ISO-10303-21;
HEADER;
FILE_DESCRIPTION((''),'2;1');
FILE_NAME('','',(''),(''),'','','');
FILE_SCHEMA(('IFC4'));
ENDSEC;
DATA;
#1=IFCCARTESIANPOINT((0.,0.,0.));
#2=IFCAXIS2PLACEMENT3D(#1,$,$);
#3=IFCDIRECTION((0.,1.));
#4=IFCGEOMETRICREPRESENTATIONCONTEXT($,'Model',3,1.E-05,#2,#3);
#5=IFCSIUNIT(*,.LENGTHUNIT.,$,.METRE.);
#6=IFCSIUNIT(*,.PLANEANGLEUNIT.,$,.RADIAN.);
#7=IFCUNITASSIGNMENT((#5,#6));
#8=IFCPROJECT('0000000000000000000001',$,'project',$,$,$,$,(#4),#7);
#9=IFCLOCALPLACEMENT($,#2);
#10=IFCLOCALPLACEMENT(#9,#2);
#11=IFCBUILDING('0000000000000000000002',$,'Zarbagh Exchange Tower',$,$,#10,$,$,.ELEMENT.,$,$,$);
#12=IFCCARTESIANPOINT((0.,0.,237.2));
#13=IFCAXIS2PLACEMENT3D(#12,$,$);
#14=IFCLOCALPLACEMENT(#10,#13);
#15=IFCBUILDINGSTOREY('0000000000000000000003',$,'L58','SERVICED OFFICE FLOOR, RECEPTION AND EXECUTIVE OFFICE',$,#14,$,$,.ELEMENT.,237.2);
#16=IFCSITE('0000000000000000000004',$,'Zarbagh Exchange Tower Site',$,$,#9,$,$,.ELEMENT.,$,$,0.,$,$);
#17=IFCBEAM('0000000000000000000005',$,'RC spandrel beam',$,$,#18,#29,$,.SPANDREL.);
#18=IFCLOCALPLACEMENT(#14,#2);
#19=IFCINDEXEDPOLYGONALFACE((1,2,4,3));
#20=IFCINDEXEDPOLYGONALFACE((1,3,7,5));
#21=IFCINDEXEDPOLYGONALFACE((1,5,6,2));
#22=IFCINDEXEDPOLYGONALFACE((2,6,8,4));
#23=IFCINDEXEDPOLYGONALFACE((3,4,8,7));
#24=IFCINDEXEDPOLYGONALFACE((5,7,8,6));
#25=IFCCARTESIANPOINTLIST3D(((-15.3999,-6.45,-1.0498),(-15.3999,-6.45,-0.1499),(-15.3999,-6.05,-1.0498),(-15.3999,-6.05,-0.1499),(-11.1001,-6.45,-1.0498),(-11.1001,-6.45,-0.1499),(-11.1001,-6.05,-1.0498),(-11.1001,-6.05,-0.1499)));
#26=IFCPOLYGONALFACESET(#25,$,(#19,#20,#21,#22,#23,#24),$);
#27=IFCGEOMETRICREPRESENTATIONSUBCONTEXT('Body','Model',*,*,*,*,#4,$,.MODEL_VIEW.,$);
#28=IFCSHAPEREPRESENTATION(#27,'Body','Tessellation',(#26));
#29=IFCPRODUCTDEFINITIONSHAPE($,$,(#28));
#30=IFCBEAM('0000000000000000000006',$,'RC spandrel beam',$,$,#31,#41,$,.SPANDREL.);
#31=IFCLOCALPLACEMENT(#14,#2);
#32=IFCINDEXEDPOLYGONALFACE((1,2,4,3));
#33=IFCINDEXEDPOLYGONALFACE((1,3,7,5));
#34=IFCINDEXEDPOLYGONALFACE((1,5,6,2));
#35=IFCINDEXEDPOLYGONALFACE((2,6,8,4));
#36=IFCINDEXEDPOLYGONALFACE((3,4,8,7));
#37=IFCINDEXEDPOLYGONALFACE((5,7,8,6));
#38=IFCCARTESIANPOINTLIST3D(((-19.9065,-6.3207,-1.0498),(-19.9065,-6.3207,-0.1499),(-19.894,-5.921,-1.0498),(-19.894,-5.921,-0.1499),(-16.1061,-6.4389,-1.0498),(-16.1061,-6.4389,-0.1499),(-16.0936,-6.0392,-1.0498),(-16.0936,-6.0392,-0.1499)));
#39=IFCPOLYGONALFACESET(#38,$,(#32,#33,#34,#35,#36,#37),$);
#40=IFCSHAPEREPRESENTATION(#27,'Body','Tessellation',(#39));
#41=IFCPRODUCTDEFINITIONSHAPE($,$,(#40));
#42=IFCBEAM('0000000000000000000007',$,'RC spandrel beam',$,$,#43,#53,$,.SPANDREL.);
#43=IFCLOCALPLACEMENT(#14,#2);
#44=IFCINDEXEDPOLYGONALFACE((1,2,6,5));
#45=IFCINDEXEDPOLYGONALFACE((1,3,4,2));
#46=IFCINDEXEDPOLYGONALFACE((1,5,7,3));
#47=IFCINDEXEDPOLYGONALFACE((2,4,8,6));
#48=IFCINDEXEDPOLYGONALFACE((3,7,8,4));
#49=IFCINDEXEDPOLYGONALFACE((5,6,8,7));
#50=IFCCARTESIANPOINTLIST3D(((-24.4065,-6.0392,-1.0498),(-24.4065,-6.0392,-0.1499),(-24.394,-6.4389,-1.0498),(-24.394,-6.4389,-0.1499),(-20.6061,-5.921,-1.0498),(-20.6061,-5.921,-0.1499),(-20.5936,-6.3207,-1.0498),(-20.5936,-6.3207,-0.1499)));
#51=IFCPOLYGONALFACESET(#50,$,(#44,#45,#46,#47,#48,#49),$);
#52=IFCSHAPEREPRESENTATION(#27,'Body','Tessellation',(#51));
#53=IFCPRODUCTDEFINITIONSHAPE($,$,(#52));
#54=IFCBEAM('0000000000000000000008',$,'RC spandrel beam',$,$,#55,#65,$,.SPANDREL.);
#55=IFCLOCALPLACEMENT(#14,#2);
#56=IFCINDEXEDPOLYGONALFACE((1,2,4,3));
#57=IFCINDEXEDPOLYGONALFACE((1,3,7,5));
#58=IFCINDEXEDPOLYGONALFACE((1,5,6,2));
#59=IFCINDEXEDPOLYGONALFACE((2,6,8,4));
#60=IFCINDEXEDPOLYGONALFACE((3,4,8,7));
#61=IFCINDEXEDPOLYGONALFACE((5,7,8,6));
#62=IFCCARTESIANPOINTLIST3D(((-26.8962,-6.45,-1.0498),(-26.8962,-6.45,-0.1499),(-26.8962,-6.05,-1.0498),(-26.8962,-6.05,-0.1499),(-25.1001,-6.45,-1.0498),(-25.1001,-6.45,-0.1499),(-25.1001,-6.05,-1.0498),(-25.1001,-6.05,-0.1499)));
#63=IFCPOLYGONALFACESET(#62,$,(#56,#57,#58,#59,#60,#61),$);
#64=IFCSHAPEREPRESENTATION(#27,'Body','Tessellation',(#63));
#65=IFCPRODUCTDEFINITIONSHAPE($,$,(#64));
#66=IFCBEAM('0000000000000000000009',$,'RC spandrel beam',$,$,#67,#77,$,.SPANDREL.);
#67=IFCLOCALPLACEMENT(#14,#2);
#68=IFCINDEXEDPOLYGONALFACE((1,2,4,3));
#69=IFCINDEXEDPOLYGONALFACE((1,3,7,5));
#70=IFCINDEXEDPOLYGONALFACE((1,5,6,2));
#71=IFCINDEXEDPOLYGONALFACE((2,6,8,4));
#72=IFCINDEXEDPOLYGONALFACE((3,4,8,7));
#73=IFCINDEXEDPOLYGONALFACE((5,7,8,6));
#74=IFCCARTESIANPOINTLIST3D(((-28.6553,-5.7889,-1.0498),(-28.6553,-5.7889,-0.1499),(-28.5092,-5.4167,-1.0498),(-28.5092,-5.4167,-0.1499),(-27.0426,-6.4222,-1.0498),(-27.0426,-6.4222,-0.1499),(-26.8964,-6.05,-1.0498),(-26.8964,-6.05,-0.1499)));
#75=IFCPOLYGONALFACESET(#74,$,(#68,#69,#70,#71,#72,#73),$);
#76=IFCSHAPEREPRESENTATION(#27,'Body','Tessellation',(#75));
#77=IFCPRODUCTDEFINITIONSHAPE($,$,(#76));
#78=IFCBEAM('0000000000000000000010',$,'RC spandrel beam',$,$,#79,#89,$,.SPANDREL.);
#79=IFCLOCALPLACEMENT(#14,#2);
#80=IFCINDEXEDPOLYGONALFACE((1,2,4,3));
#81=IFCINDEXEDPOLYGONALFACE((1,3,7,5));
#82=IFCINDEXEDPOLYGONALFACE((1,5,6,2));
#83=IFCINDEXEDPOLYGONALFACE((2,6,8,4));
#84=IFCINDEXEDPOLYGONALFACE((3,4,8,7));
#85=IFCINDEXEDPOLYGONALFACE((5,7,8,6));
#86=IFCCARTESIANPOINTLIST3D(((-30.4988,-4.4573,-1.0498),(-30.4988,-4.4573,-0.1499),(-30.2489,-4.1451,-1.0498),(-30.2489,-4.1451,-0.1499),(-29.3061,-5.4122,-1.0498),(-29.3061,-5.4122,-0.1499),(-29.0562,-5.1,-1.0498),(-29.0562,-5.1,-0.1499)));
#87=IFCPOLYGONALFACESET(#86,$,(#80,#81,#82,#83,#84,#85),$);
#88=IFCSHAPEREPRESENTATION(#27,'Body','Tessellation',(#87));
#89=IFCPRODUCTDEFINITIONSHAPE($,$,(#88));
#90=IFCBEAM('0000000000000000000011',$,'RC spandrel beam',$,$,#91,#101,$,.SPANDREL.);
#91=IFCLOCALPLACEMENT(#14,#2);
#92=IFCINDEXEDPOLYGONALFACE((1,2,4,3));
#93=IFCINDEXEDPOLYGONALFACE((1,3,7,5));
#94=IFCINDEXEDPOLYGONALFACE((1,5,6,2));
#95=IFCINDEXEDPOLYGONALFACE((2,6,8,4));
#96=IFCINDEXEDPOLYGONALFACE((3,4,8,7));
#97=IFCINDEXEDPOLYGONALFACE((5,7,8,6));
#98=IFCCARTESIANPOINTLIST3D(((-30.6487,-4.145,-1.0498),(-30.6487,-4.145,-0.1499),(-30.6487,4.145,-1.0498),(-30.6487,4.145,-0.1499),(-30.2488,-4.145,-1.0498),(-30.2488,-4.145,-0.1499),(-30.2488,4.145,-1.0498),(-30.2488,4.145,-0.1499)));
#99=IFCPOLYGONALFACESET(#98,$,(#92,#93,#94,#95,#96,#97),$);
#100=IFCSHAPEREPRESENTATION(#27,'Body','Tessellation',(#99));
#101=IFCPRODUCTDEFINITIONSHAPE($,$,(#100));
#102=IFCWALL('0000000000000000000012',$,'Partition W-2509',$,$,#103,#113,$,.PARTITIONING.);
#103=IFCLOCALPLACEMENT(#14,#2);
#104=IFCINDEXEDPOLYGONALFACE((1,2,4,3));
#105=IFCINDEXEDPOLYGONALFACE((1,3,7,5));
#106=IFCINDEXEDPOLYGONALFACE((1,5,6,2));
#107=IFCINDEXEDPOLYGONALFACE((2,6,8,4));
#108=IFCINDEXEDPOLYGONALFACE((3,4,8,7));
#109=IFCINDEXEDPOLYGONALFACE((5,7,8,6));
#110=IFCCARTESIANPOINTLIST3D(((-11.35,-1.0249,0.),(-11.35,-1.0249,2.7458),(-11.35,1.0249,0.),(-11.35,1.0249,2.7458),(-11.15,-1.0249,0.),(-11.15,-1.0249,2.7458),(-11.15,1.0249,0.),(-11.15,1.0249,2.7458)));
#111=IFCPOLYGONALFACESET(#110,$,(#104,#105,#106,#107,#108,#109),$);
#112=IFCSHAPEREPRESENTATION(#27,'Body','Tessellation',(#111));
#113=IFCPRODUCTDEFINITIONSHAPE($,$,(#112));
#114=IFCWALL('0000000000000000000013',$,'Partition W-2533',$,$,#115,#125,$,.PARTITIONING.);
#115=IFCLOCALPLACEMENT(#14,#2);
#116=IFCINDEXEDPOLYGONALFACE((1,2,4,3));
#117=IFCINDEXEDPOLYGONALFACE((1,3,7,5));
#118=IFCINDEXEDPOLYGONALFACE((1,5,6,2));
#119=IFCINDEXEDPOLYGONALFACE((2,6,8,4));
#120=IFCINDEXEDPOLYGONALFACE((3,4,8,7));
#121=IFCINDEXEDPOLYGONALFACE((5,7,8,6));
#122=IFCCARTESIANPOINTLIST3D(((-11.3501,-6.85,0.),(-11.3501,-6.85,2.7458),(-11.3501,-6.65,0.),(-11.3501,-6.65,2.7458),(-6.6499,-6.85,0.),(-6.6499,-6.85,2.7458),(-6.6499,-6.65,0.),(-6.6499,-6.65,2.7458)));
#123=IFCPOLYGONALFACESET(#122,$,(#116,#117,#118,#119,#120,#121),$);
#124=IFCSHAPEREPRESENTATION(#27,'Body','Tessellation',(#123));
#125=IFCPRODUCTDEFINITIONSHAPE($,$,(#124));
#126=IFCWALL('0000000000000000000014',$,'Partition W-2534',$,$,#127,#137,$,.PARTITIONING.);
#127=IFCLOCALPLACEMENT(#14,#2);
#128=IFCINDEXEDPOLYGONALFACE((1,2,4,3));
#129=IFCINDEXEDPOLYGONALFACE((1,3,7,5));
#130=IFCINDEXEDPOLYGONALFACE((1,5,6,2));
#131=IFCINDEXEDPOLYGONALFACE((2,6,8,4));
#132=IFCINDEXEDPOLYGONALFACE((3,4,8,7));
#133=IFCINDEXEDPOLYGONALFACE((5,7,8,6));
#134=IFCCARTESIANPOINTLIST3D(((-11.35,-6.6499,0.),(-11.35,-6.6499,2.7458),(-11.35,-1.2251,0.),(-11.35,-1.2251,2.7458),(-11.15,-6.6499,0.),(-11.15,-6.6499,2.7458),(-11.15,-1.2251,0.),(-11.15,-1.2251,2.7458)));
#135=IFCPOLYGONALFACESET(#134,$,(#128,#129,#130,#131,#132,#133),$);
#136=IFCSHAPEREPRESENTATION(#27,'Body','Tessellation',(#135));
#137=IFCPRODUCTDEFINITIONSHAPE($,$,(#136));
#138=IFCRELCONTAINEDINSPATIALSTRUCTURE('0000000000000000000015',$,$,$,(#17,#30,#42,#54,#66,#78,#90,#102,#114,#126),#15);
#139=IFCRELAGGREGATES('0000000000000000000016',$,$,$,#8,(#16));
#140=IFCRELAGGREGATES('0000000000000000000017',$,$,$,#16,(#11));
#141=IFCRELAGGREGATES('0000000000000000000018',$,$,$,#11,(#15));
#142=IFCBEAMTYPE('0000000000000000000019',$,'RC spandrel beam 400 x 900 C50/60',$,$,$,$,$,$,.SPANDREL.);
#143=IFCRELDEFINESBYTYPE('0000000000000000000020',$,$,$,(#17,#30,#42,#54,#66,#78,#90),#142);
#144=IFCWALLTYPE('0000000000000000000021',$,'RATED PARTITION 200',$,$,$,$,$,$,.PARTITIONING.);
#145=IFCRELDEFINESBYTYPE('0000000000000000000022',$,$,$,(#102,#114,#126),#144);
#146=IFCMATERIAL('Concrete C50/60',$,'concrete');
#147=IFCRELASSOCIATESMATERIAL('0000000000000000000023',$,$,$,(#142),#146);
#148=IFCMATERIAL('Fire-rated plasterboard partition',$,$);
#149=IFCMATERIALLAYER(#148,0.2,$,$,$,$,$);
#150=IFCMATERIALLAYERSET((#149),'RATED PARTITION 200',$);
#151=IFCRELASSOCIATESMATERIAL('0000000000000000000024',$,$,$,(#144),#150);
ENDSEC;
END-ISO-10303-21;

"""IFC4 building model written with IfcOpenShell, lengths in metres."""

from ifc_helpers import new_model, si_unit, direction, frame, frame_2d, origin, origin_2d, place, context, subcontext, project, spatial, rectangle, extrude, material, layer, layer_set, material_profile, profile_set, type_object, element, save


model = new_model("IFC4")

# Units and contexts
model_context = context("Model", 3, precision=1e-05, world=origin(), true_north=direction((0.0, 1.0)))
body_context = subcontext(model_context, "Body", "Model", "MODEL_VIEW")
ifc_project = project(units=[si_unit("LENGTHUNIT", "METRE"), si_unit("PLANEANGLEUNIT", "RADIAN")], contexts=[model_context])

# Site, building, storey
site_placement = place(None, origin())
site = spatial("IfcSite", under=ifc_project, at=site_placement, Name="Zarbagh Exchange Tower Site", CompositionType="ELEMENT", RefElevation=0.0)
building_placement = place(site_placement, origin())
building = spatial("IfcBuilding", under=site, at=building_placement, Name="Zarbagh Exchange Tower", CompositionType="ELEMENT")
storey_placement = place(building_placement, frame((0.0, 0.0, 237.2)))
storey = spatial("IfcBuildingStorey", under=building, at=storey_placement, Name="L58", Description="SERVICED OFFICE FLOOR, RECEPTION AND EXECUTIVE OFFICE", CompositionType="ELEMENT", Elevation=237.2)

# Shared definitions
ifc_material_1 = material(Name="Concrete C50/60", Category="concrete")

# Beams
ifc_material_profile_1 = material_profile(ifc_material_1, rectangle(XDim=0.3999, YDim=0.8999, at=origin_2d()), Name="RC spandrel beam 400 x 900 C50/60")
ifc_profile_set_1 = profile_set([ifc_material_profile_1], Name="Concrete C50/60")
beam_type_1 = type_object("IfcBeamType", Name="RC spandrel beam 400 x 900 C50/60", PredefinedType="SPANDREL", material=ifc_profile_set_1)
beam_1_placement = place(storey_placement, frame((-11.1001, -6.25, -0.5999), z_axis=(-1.0, 0.0, 0.0), x_axis=(0.0, -1.0, 0.0)))
element("IfcBeam", 1, at=beam_1_placement, inside=storey, type_object=beam_type_1, Name="RC spandrel beam", PredefinedType="SPANDREL", context=body_context, shape_type="SweptSolid", body=[
    extrude(rectangle(XDim=0.3999, YDim=0.8999, at=origin_2d()), origin(), (0.0, 0.0, 1.0), 4.2998),
])
for number, where, z_axis, x_axis, name in (
    (2, (-16.0999, -6.239, -0.5999), (-0.999517, 0.031078, 0.0), (-0.031078, -0.999517, 0.0), "RC spandrel beam"),
    (3, (-20.5999, -6.1208, -0.5999), (-0.999517, -0.031078, 0.0), (0.031078, -0.999517, 0.0), "RC spandrel beam"),
):
    element("IfcBeam", number, at=place(storey_placement, frame(where, z_axis=z_axis, x_axis=x_axis)), inside=storey, type_object=beam_type_1, Name=name, PredefinedType="SPANDREL", context=body_context, shape_type="SweptSolid", body=[
        extrude(rectangle(XDim=0.3999, YDim=0.8999, at=origin_2d()), origin(), (0.0, 0.0, 1.0), 3.8022),
    ])
beam_2_placement = place(storey_placement, frame((-25.1001, -6.25, -0.5999), z_axis=(-1.0, 0.0, 0.0), x_axis=(0.0, -1.0, 0.0)))
element("IfcBeam", 4, at=beam_2_placement, inside=storey, type_object=beam_type_1, Name="RC spandrel beam", PredefinedType="SPANDREL", context=body_context, shape_type="SweptSolid", body=[
    extrude(rectangle(XDim=0.3999, YDim=0.8999, at=origin_2d()), origin(), (0.0, 0.0, 1.0), 1.7961),
])
beam_3_placement = place(storey_placement, frame((-26.9695, -6.2361, -0.5999), z_axis=(-0.93081, 0.365504, 0.0), x_axis=(-0.365504, -0.93081, 0.0)))
element("IfcBeam", 5, at=beam_3_placement, inside=storey, type_object=beam_type_1, Name="RC spandrel beam", PredefinedType="SPANDREL", context=body_context, shape_type="SweptSolid", body=[
    extrude(rectangle(XDim=0.3999, YDim=0.8999, at=origin_2d()), origin(), (0.0, 0.0, 1.0), 1.7327),
])
beam_4_placement = place(storey_placement, frame((-29.1812, -5.2561, -0.5999), z_axis=(-0.780635, 0.624987, 0.0), x_axis=(-0.624987, -0.780635, 0.0)))
element("IfcBeam", 6, at=beam_4_placement, inside=storey, type_object=beam_type_1, Name="RC spandrel beam", PredefinedType="SPANDREL", context=body_context, shape_type="SweptSolid", body=[
    extrude(rectangle(XDim=0.3999, YDim=0.8999, at=origin_2d()), origin(), (0.0, 0.0, 1.0), 1.5278),
])
beam_5_placement = place(storey_placement, frame((-30.4487, -4.145, -0.5999), z_axis=(0.0, 1.0, 0.0), x_axis=(-1.0, 0.0, 0.0)))
element("IfcBeam", 7, at=beam_5_placement, inside=storey, type_object=beam_type_1, Name="RC spandrel beam", PredefinedType="SPANDREL", context=body_context, shape_type="SweptSolid", body=[
    extrude(rectangle(XDim=0.3999, YDim=0.8999, at=origin_2d()), origin(), (0.0, 0.0, 1.0), 8.29),
])

# Walls
ifc_material_2 = material(Name="Fire-rated plasterboard partition")
ifc_layer = layer(ifc_material_2, 0.2)
ifc_layer_set = layer_set([ifc_layer], Name="RATED PARTITION 200")
wall_type = type_object("IfcWallType", Name="RATED PARTITION 200", PredefinedType="PARTITIONING", material=ifc_layer_set)
wall_1_placement = place(storey_placement, frame((-11.25, -1.0249, 0.0), z_axis=(0.0, 0.0, 1.0), x_axis=(0.0, 1.0, 0.0)))
element("IfcWall", 8, at=wall_1_placement, inside=storey, type_object=wall_type, Name="Partition W-2509", PredefinedType="PARTITIONING", context=body_context, shape_type="SweptSolid", body=[
    extrude(rectangle(XDim=2.0498, YDim=0.2, at=frame_2d((1.0249, 0.0))), origin(), (0.0, 0.0, 1.0), 2.7458),
])
wall_2_placement = place(storey_placement, frame((-11.3501, -6.75, 0.0), z_axis=(0.0, 0.0, 1.0), x_axis=(1.0, 0.0, 0.0)))
element("IfcWall", 9, at=wall_2_placement, inside=storey, type_object=wall_type, Name="Partition W-2533", PredefinedType="PARTITIONING", context=body_context, shape_type="SweptSolid", body=[
    extrude(rectangle(XDim=4.7002, YDim=0.2, at=frame_2d((2.3501, 0.0))), origin(), (0.0, 0.0, 1.0), 2.7458),
])
wall_3_placement = place(storey_placement, frame((-11.25, -6.6499, 0.0), z_axis=(0.0, 0.0, 1.0), x_axis=(0.0, 1.0, 0.0)))
element("IfcWall", 10, at=wall_3_placement, inside=storey, type_object=wall_type, Name="Partition W-2534", PredefinedType="PARTITIONING", context=body_context, shape_type="SweptSolid", body=[
    extrude(rectangle(XDim=5.4248, YDim=0.2, at=frame_2d((2.7124, 0.0))), origin(), (0.0, 0.0, 1.0), 2.7458),
])

save(model, "model.ifc")
